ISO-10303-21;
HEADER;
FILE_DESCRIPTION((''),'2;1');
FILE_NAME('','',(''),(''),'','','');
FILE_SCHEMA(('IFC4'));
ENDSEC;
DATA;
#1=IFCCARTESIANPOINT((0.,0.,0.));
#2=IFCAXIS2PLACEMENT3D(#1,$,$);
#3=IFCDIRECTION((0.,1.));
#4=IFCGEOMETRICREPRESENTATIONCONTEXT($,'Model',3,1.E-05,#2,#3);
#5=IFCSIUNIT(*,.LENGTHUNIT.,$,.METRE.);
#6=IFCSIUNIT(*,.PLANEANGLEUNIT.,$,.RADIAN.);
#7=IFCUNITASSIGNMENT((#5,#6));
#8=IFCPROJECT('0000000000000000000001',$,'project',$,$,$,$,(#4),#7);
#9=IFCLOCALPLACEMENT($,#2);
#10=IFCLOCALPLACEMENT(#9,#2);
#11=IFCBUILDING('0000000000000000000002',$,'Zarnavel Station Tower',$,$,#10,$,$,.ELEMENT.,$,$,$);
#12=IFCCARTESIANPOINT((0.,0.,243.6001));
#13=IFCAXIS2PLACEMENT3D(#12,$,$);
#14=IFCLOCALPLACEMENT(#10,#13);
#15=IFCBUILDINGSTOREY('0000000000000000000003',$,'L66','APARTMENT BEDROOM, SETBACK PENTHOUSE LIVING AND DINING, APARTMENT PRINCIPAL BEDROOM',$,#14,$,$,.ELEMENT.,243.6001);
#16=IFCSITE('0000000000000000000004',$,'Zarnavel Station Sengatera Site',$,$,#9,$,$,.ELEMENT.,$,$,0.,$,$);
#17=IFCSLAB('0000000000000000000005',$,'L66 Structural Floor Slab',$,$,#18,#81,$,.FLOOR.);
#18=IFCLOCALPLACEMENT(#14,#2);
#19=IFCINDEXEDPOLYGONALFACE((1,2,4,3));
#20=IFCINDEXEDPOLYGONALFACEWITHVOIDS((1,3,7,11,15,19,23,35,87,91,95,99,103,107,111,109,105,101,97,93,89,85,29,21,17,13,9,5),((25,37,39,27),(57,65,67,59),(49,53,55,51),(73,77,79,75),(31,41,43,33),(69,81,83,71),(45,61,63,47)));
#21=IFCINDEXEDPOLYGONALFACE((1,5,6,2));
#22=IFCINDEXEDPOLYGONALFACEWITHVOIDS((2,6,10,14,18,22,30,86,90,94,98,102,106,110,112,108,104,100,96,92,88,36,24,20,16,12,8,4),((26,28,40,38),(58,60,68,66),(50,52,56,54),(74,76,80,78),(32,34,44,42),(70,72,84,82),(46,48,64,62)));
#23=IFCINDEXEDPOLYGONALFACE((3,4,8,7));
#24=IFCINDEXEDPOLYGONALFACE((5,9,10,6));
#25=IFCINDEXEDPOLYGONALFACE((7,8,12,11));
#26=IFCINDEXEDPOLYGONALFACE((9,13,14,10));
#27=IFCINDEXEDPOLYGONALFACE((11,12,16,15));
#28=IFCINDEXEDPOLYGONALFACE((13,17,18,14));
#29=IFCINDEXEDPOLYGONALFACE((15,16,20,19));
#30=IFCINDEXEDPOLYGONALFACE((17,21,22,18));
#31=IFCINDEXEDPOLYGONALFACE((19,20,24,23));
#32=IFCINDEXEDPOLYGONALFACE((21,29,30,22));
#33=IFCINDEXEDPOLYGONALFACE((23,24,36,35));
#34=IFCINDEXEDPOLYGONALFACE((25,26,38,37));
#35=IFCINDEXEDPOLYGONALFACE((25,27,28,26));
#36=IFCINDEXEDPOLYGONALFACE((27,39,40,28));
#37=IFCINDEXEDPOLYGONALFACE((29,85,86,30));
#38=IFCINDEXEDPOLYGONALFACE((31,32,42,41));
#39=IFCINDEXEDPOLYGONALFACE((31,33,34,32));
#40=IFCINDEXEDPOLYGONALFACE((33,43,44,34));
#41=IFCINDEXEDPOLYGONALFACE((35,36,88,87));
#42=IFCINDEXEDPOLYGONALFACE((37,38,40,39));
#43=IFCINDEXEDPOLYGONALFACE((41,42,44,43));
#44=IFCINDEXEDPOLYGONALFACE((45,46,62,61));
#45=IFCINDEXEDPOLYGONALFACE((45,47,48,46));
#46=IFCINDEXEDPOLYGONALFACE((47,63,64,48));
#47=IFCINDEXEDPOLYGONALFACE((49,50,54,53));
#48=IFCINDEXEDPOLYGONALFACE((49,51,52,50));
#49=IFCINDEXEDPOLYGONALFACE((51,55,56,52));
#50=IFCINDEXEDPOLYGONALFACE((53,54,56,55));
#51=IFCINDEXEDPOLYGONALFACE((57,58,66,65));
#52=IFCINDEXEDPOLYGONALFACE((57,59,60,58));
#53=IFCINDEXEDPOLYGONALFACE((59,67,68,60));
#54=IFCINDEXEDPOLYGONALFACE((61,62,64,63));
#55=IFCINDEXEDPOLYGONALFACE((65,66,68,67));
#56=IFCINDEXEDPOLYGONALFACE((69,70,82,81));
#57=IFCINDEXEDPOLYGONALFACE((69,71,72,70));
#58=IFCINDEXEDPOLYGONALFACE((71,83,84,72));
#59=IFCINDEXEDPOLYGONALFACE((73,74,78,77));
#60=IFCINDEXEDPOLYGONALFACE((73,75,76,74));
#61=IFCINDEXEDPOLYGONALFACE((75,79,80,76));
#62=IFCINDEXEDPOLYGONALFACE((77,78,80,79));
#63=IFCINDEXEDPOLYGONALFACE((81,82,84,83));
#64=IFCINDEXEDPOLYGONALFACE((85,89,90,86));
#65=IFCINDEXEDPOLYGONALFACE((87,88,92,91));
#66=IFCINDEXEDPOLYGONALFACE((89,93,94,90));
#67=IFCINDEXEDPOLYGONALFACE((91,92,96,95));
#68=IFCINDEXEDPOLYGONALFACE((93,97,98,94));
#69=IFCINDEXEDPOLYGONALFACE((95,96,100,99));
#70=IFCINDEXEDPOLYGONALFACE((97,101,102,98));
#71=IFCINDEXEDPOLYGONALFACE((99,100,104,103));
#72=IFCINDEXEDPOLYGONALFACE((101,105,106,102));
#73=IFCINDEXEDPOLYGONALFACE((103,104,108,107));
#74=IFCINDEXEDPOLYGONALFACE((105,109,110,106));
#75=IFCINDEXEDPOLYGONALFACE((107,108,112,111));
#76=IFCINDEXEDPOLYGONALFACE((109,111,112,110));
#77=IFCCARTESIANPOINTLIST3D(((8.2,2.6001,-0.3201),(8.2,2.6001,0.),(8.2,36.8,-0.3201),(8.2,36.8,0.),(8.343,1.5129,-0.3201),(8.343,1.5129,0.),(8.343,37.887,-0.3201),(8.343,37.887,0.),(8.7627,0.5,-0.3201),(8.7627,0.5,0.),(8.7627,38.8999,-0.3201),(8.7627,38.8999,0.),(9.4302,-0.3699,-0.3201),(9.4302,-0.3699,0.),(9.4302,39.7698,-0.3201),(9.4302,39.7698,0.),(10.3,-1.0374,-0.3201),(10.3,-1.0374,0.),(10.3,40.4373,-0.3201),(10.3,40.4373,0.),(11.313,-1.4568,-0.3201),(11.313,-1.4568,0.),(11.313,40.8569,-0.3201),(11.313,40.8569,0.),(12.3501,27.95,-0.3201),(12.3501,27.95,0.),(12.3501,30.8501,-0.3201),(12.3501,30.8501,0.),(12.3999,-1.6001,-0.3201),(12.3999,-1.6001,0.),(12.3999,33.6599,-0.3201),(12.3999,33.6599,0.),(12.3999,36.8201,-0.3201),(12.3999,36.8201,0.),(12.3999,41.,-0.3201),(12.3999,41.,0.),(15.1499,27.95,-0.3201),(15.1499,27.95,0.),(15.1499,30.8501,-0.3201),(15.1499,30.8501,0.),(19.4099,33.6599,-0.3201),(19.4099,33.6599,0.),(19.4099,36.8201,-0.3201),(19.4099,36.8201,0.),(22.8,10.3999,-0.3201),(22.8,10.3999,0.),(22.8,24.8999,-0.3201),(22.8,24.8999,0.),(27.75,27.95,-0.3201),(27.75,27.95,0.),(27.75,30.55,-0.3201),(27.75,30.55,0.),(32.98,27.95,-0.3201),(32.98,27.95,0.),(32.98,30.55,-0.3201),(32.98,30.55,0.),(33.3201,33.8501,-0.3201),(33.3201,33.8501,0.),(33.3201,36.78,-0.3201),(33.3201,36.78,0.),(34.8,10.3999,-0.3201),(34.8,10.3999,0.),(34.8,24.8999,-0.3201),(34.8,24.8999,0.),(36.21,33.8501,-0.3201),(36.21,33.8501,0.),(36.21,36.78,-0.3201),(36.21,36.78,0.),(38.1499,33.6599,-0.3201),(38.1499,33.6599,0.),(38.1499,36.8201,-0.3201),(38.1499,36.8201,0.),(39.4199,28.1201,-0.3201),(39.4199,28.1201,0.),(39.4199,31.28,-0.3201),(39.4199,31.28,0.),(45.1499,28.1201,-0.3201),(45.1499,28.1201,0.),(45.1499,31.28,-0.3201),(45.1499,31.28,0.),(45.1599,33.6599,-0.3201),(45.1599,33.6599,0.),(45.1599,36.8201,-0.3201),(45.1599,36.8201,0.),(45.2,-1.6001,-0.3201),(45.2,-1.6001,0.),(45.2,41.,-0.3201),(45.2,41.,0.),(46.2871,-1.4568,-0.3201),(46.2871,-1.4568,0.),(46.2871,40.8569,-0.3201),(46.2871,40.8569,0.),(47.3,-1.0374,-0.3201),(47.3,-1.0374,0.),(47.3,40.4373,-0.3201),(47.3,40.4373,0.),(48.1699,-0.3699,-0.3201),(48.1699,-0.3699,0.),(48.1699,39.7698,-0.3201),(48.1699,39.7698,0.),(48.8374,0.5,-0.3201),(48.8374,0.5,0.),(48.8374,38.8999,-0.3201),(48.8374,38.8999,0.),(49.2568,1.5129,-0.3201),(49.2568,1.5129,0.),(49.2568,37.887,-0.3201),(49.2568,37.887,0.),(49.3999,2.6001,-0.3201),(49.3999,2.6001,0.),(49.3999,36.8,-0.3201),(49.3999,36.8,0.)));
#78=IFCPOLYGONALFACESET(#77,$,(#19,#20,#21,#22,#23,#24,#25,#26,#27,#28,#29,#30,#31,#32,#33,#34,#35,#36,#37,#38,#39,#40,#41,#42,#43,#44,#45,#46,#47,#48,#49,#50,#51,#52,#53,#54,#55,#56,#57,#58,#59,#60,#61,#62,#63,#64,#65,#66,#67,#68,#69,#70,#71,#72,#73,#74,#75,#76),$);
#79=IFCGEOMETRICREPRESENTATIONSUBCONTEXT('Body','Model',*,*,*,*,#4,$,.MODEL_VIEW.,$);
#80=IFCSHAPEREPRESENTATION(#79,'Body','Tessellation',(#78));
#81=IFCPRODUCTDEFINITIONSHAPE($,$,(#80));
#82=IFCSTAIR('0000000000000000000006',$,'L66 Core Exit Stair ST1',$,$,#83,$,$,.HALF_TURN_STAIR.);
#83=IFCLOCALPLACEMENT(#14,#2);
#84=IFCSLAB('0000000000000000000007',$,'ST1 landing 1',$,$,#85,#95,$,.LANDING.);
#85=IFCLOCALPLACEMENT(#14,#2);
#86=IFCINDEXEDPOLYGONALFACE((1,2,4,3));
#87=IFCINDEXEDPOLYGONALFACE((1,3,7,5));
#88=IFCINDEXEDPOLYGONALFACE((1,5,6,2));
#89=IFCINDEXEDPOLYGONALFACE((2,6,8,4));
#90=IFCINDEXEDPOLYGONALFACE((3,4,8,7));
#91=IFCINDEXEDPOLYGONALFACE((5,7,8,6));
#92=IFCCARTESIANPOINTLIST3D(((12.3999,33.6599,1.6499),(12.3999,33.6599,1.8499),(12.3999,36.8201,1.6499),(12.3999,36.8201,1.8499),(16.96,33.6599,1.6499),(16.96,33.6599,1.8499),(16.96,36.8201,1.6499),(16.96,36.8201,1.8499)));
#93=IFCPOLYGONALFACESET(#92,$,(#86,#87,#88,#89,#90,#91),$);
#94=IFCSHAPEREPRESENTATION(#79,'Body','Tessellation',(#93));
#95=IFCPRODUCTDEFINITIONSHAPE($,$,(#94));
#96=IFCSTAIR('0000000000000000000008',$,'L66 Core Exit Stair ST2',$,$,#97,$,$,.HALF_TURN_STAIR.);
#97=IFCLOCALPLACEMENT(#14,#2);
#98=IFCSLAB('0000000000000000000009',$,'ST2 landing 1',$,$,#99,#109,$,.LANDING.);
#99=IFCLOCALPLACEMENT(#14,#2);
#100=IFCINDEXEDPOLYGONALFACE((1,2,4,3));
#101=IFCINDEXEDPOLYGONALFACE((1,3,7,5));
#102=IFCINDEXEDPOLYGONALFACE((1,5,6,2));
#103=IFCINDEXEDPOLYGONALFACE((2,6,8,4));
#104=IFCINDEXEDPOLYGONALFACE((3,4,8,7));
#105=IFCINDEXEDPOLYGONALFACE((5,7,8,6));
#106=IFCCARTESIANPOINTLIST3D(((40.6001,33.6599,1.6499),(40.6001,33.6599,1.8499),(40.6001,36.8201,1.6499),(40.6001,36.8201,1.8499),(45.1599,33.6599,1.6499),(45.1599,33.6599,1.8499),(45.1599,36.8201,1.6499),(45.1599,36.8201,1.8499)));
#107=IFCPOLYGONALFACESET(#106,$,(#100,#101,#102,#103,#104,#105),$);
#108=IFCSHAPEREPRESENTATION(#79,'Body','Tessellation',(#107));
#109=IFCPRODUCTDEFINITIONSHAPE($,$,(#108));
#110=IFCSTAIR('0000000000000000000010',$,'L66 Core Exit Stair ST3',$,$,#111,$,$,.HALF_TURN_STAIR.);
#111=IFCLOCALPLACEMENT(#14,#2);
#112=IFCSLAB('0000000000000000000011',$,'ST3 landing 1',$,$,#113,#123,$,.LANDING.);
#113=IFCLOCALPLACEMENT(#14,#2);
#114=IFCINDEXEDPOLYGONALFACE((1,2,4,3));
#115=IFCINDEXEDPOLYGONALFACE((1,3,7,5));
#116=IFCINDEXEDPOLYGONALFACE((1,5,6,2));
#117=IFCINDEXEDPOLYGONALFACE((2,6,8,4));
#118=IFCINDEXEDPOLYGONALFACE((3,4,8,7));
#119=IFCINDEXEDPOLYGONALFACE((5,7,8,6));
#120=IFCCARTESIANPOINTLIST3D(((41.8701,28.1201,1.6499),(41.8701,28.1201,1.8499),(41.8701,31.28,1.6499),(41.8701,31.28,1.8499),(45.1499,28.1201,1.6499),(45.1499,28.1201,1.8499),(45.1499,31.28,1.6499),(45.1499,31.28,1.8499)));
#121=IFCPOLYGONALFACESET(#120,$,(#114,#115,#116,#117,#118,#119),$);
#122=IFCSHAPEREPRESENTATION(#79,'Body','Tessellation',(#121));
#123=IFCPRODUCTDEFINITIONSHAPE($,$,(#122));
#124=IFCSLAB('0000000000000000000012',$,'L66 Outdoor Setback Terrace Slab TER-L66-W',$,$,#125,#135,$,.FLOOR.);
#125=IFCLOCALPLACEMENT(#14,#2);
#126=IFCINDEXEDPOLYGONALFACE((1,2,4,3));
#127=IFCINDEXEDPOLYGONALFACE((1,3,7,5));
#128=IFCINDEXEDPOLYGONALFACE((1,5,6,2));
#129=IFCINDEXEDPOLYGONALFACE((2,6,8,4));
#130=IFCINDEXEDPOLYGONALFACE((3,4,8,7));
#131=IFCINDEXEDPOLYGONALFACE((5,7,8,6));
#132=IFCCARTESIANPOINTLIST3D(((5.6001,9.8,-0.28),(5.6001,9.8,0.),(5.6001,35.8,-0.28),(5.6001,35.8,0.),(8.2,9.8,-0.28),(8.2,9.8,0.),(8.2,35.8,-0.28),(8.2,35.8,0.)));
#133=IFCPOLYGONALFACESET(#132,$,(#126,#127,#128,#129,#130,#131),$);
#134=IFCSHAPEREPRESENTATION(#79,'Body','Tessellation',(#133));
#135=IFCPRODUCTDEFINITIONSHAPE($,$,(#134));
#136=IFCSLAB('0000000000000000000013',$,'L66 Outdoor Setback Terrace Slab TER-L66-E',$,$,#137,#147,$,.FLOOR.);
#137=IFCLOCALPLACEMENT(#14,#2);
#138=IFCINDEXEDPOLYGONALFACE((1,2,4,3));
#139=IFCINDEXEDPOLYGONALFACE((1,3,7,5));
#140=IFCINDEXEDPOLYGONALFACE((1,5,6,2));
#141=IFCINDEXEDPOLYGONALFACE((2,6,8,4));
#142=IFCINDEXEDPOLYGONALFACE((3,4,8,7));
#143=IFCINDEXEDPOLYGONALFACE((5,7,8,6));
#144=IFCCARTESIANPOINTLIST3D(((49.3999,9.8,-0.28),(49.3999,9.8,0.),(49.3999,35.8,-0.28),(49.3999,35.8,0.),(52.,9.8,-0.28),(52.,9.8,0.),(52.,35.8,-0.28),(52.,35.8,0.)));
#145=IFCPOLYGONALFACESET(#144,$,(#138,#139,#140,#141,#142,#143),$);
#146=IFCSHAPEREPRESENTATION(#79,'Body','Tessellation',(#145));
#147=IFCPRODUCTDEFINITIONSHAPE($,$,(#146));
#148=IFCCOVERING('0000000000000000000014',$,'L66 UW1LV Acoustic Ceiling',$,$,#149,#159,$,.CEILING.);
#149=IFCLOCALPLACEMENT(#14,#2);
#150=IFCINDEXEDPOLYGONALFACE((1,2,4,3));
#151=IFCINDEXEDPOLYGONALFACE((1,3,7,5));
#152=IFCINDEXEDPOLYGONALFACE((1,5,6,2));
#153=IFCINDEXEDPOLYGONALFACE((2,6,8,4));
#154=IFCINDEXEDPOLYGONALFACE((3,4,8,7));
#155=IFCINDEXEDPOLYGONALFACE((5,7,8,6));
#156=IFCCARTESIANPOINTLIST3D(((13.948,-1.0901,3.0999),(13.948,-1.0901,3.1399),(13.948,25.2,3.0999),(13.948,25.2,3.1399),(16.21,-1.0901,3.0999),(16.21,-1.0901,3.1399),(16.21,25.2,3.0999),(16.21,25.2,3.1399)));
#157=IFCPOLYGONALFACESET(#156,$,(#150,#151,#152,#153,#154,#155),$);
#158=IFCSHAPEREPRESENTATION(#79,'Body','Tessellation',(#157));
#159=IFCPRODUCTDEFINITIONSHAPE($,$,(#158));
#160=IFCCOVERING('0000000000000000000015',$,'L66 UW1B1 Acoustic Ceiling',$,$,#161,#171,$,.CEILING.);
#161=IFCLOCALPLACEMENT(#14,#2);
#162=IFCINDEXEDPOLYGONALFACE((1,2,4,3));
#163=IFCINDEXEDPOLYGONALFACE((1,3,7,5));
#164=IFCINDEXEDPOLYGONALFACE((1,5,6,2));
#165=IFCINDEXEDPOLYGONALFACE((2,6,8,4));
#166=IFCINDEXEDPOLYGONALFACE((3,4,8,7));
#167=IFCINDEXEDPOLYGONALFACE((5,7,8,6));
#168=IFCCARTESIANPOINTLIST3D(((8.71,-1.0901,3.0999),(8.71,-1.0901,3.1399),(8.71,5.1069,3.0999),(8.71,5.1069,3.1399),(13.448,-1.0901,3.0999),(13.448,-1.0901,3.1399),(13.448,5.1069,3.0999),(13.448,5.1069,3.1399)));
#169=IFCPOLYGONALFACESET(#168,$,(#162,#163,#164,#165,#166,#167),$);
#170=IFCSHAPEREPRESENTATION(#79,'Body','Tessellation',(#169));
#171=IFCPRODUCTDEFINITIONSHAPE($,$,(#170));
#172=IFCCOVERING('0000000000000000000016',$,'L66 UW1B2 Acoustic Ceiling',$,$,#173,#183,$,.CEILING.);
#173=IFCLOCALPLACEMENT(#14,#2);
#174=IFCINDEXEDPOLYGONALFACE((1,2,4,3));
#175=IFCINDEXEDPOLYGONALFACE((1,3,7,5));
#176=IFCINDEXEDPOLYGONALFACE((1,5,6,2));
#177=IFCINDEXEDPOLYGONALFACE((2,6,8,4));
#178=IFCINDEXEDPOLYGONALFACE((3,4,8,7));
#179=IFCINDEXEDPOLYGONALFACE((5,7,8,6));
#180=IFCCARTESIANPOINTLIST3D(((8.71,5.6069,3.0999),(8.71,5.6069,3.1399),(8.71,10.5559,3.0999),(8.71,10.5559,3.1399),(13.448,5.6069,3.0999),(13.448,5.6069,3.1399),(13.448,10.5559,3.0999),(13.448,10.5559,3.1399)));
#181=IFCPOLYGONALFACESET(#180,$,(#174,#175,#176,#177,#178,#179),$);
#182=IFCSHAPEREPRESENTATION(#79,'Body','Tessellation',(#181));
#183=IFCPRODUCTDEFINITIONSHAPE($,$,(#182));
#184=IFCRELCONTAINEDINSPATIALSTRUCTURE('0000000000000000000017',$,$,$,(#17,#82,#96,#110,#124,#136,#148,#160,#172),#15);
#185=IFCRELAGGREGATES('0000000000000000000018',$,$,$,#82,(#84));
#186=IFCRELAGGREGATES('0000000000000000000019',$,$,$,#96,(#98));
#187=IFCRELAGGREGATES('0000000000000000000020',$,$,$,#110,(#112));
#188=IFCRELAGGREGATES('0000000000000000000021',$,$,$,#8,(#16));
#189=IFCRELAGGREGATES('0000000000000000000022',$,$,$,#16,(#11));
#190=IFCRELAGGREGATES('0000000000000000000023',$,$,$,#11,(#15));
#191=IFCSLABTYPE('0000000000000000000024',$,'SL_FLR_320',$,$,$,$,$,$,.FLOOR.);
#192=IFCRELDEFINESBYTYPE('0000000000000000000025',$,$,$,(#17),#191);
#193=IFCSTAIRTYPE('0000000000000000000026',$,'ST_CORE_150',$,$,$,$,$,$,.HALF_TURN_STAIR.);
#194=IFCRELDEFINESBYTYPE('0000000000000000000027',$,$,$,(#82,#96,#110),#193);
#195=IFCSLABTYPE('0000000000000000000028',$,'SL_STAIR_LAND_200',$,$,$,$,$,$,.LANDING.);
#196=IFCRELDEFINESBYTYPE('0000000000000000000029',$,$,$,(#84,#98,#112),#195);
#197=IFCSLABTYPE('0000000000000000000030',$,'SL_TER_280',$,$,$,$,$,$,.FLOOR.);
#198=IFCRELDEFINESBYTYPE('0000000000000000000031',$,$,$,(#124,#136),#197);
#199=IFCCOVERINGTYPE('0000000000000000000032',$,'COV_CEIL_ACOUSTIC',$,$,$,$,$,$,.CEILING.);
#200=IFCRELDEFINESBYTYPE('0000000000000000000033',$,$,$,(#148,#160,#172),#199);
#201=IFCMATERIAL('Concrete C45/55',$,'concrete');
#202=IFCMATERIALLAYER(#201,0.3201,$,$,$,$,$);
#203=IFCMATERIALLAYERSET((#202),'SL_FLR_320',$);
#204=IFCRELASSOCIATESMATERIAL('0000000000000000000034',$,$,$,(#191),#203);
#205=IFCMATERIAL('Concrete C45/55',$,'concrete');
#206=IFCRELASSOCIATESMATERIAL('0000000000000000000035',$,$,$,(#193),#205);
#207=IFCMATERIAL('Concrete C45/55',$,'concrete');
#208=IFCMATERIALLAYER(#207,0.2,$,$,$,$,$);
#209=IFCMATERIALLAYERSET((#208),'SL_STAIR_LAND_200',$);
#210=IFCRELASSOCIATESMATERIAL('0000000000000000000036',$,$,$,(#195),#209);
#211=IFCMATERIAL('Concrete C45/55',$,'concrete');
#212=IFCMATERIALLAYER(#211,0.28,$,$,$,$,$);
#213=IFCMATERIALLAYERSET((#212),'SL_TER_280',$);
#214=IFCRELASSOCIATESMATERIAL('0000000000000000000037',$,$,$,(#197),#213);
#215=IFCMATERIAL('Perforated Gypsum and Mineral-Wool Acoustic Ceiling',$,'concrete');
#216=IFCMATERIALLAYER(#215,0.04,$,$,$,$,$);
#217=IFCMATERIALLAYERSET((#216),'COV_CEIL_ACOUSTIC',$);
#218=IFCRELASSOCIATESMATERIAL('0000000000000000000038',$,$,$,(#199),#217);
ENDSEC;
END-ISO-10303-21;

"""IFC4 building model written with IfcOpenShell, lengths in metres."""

from ifc_helpers import new_model, si_unit, direction, frame, origin, place, context, subcontext, project, spatial, polyline, outline, extrude, material, layer, layer_set, type_object, element, aggregate, save


model = new_model("IFC4")

# Units and contexts
model_context = context("Model", 3, precision=1e-05, world=origin(), true_north=direction((0.0, 1.0)))
body_context = subcontext(model_context, "Body", "Model", "MODEL_VIEW")
ifc_project = project(units=[si_unit("LENGTHUNIT", "METRE"), si_unit("PLANEANGLEUNIT", "RADIAN")], contexts=[model_context])

# Site, building, storey
site_placement = place(None, origin())
site = spatial("IfcSite", under=ifc_project, at=site_placement, Name="Zarnavel Station Sengatera Site", CompositionType="ELEMENT", RefElevation=0.0)
building_placement = place(site_placement, origin())
building = spatial("IfcBuilding", under=site, at=building_placement, Name="Zarnavel Station Tower", CompositionType="ELEMENT")
storey_placement = place(building_placement, frame((0.0, 0.0, 243.6001)))
storey = spatial("IfcBuildingStorey", under=building, at=storey_placement, Name="L66", Description="APARTMENT BEDROOM, SETBACK PENTHOUSE LIVING AND DINING, APARTMENT PRINCIPAL BEDROOM", CompositionType="ELEMENT", Elevation=243.6001)

# Slab
ifc_material_1 = material(Name="Concrete C45/55", Category="concrete")
ifc_layer_1 = layer(ifc_material_1, 0.3201)
ifc_layer_set_1 = layer_set([ifc_layer_1], Name="SL_FLR_320")
slab_type_1 = type_object("IfcSlabType", Name="SL_FLR_320", PredefinedType="FLOOR", material=ifc_layer_set_1)
slab_1_placement = place(storey_placement, frame((0.0, 0.0, -0.3201)))
element("IfcSlab", 1, at=slab_1_placement, inside=storey, type_object=slab_type_1, Name="L66 Structural Floor Slab", PredefinedType="FLOOR", context=body_context, shape_type="SweptSolid", body=[
    extrude(outline(polyline([(45.2, -1.6001), (46.2871, -1.4568), (47.3, -1.0374), (48.1699, -0.3699), (48.8374, 0.5), (49.2568, 1.5129), (49.3999, 2.6001), (49.3999, 36.8), (49.2568, 37.887), (48.8374, 38.8999), (48.1699, 39.7698), (47.3, 40.4373), (46.2871, 40.8569), (45.2, 41.0), (12.3999, 41.0), (11.313, 40.8569), (10.3, 40.4373), (9.4302, 39.7698), (8.7627, 38.8999), (8.343, 37.887), (8.2, 36.8), (8.2, 2.6001), (8.343, 1.5129), (8.7627, 0.5), (9.4302, -0.3699), (10.3, -1.0374), (11.313, -1.4568), (12.3999, -1.6001), (45.2, -1.6001)]), holes=[polyline([(12.3999, 33.6599), (19.4099, 33.6599), (19.4099, 36.8201), (12.3999, 36.8201), (12.3999, 33.6599)]), polyline([(38.1499, 33.6599), (45.1599, 33.6599), (45.1599, 36.8201), (38.1499, 36.8201), (38.1499, 33.6599)]), polyline([(39.4199, 28.1201), (45.1499, 28.1201), (45.1499, 31.28), (39.4199, 31.28), (39.4199, 28.1201)]), polyline([(12.3501, 27.95), (15.1499, 27.95), (15.1499, 30.8501), (12.3501, 30.8501), (12.3501, 27.95)]), polyline([(33.3201, 33.8501), (36.21, 33.8501), (36.21, 36.78), (33.3201, 36.78), (33.3201, 33.8501)]), polyline([(27.75, 27.95), (32.98, 27.95), (32.98, 30.55), (27.75, 30.55), (27.75, 27.95)]), polyline([(22.8, 10.3999), (34.8, 10.3999), (34.8, 24.8999), (22.8, 24.8999), (22.8, 10.3999)])]), origin(), (0.0, 0.0, 1.0), 0.3201),
])

# Stairs, slabs
ifc_material_2 = material(Name="Concrete C45/55", Category="concrete")
stair_type = type_object("IfcStairType", Name="ST_CORE_150", PredefinedType="HALF_TURN_STAIR", material=ifc_material_2)
stair_1_placement = place(storey_placement, origin())
stair_1 = element("IfcStair", 2, at=stair_1_placement, inside=storey, type_object=stair_type, Name="L66 Core Exit Stair ST1", PredefinedType="HALF_TURN_STAIR")
ifc_material_3 = material(Name="Concrete C45/55", Category="concrete")
ifc_layer_2 = layer(ifc_material_3, 0.2)
ifc_layer_set_2 = layer_set([ifc_layer_2], Name="SL_STAIR_LAND_200")
slab_type_2 = type_object("IfcSlabType", Name="SL_STAIR_LAND_200", PredefinedType="LANDING", material=ifc_layer_set_2)
slab_2_placement = place(storey_placement, frame((0.0, 0.0, 1.6499)))
slab_2 = element("IfcSlab", 3, at=slab_2_placement, type_object=slab_type_2, Name="ST1 landing 1", PredefinedType="LANDING", context=body_context, shape_type="SweptSolid", body=[
    extrude(outline(polyline([(16.96, 36.8201), (12.3999, 36.8201), (12.3999, 33.6599), (16.96, 33.6599), (16.96, 36.8201)])), origin(), (0.0, 0.0, 1.0), 0.2),
])
aggregate(stair_1, [slab_2])
stair_2_placement = place(storey_placement, origin())
stair_2 = element("IfcStair", 4, at=stair_2_placement, inside=storey, type_object=stair_type, Name="L66 Core Exit Stair ST2", PredefinedType="HALF_TURN_STAIR")
slab_3_placement = place(storey_placement, frame((0.0, 0.0, 1.6499)))
slab_3 = element("IfcSlab", 5, at=slab_3_placement, type_object=slab_type_2, Name="ST2 landing 1", PredefinedType="LANDING", context=body_context, shape_type="SweptSolid", body=[
    extrude(outline(polyline([(40.6001, 33.6599), (45.1599, 33.6599), (45.1599, 36.8201), (40.6001, 36.8201), (40.6001, 33.6599)])), origin(), (0.0, 0.0, 1.0), 0.2),
])
aggregate(stair_2, [slab_3])
stair_3_placement = place(storey_placement, origin())
stair_3 = element("IfcStair", 6, at=stair_3_placement, inside=storey, type_object=stair_type, Name="L66 Core Exit Stair ST3", PredefinedType="HALF_TURN_STAIR")
slab_4_placement = place(storey_placement, frame((0.0, 0.0, 1.6499)))
slab_4 = element("IfcSlab", 7, at=slab_4_placement, type_object=slab_type_2, Name="ST3 landing 1", PredefinedType="LANDING", context=body_context, shape_type="SweptSolid", body=[
    extrude(outline(polyline([(41.8701, 28.1201), (45.1499, 28.1201), (45.1499, 31.28), (41.8701, 31.28), (41.8701, 28.1201)])), origin(), (0.0, 0.0, 1.0), 0.2),
])
aggregate(stair_3, [slab_4])

# Slabs
ifc_material_4 = material(Name="Concrete C45/55", Category="concrete")
ifc_layer_3 = layer(ifc_material_4, 0.28)
ifc_layer_set_3 = layer_set([ifc_layer_3], Name="SL_TER_280")
slab_type_3 = type_object("IfcSlabType", Name="SL_TER_280", PredefinedType="FLOOR", material=ifc_layer_set_3)
slab_5_placement = place(storey_placement, frame((0.0, 0.0, -0.28)))
element("IfcSlab", 8, at=slab_5_placement, inside=storey, type_object=slab_type_3, Name="L66 Outdoor Setback Terrace Slab TER-L66-W", PredefinedType="FLOOR", context=body_context, shape_type="SweptSolid", body=[
    extrude(outline(polyline([(5.6001, 9.8), (8.2, 9.8), (8.2, 35.8), (5.6001, 35.8), (5.6001, 9.8)])), origin(), (0.0, 0.0, 1.0), 0.28),
])
slab_6_placement = place(storey_placement, frame((0.0, 0.0, -0.28)))
element("IfcSlab", 9, at=slab_6_placement, inside=storey, type_object=slab_type_3, Name="L66 Outdoor Setback Terrace Slab TER-L66-E", PredefinedType="FLOOR", context=body_context, shape_type="SweptSolid", body=[
    extrude(outline(polyline([(49.3999, 9.8), (52.0, 9.8), (52.0, 35.8), (49.3999, 35.8), (49.3999, 9.8)])), origin(), (0.0, 0.0, 1.0), 0.28),
])

# Coverings
ifc_material_5 = material(Name="Perforated Gypsum and Mineral-Wool Acoustic Ceiling", Category="concrete")
ifc_layer_4 = layer(ifc_material_5, 0.04)
ifc_layer_set_4 = layer_set([ifc_layer_4], Name="COV_CEIL_ACOUSTIC")
covering_type_1 = type_object("IfcCoveringType", Name="COV_CEIL_ACOUSTIC", PredefinedType="CEILING", material=ifc_layer_set_4)
covering_1_placement = place(storey_placement, frame((0.0, 0.0, 3.0999)))
element("IfcCovering", 10, at=covering_1_placement, inside=storey, type_object=covering_type_1, Name="L66 UW1LV Acoustic Ceiling", PredefinedType="CEILING", context=body_context, shape_type="SweptSolid", body=[
    extrude(outline(polyline([(13.948, -1.0901), (16.21, -1.0901), (16.21, 25.2), (13.948, 25.2), (13.948, -1.0901)])), origin(), (0.0, 0.0, 1.0), 0.04),
])
covering_2_placement = place(storey_placement, frame((0.0, 0.0, 3.0999)))
element("IfcCovering", 11, at=covering_2_placement, inside=storey, type_object=covering_type_1, Name="L66 UW1B1 Acoustic Ceiling", PredefinedType="CEILING", context=body_context, shape_type="SweptSolid", body=[
    extrude(outline(polyline([(8.71, -1.0901), (13.448, -1.0901), (13.448, 5.1069), (8.71, 5.1069), (8.71, -1.0901)])), origin(), (0.0, 0.0, 1.0), 0.04),
])
covering_3_placement = place(storey_placement, frame((0.0, 0.0, 3.0999)))
element("IfcCovering", 12, at=covering_3_placement, inside=storey, type_object=covering_type_1, Name="L66 UW1B2 Acoustic Ceiling", PredefinedType="CEILING", context=body_context, shape_type="SweptSolid", body=[
    extrude(outline(polyline([(8.71, 5.6069), (13.448, 5.6069), (13.448, 10.5559), (8.71, 10.5559), (8.71, 5.6069)])), origin(), (0.0, 0.0, 1.0), 0.04),
])

save(model, "model.ifc")
